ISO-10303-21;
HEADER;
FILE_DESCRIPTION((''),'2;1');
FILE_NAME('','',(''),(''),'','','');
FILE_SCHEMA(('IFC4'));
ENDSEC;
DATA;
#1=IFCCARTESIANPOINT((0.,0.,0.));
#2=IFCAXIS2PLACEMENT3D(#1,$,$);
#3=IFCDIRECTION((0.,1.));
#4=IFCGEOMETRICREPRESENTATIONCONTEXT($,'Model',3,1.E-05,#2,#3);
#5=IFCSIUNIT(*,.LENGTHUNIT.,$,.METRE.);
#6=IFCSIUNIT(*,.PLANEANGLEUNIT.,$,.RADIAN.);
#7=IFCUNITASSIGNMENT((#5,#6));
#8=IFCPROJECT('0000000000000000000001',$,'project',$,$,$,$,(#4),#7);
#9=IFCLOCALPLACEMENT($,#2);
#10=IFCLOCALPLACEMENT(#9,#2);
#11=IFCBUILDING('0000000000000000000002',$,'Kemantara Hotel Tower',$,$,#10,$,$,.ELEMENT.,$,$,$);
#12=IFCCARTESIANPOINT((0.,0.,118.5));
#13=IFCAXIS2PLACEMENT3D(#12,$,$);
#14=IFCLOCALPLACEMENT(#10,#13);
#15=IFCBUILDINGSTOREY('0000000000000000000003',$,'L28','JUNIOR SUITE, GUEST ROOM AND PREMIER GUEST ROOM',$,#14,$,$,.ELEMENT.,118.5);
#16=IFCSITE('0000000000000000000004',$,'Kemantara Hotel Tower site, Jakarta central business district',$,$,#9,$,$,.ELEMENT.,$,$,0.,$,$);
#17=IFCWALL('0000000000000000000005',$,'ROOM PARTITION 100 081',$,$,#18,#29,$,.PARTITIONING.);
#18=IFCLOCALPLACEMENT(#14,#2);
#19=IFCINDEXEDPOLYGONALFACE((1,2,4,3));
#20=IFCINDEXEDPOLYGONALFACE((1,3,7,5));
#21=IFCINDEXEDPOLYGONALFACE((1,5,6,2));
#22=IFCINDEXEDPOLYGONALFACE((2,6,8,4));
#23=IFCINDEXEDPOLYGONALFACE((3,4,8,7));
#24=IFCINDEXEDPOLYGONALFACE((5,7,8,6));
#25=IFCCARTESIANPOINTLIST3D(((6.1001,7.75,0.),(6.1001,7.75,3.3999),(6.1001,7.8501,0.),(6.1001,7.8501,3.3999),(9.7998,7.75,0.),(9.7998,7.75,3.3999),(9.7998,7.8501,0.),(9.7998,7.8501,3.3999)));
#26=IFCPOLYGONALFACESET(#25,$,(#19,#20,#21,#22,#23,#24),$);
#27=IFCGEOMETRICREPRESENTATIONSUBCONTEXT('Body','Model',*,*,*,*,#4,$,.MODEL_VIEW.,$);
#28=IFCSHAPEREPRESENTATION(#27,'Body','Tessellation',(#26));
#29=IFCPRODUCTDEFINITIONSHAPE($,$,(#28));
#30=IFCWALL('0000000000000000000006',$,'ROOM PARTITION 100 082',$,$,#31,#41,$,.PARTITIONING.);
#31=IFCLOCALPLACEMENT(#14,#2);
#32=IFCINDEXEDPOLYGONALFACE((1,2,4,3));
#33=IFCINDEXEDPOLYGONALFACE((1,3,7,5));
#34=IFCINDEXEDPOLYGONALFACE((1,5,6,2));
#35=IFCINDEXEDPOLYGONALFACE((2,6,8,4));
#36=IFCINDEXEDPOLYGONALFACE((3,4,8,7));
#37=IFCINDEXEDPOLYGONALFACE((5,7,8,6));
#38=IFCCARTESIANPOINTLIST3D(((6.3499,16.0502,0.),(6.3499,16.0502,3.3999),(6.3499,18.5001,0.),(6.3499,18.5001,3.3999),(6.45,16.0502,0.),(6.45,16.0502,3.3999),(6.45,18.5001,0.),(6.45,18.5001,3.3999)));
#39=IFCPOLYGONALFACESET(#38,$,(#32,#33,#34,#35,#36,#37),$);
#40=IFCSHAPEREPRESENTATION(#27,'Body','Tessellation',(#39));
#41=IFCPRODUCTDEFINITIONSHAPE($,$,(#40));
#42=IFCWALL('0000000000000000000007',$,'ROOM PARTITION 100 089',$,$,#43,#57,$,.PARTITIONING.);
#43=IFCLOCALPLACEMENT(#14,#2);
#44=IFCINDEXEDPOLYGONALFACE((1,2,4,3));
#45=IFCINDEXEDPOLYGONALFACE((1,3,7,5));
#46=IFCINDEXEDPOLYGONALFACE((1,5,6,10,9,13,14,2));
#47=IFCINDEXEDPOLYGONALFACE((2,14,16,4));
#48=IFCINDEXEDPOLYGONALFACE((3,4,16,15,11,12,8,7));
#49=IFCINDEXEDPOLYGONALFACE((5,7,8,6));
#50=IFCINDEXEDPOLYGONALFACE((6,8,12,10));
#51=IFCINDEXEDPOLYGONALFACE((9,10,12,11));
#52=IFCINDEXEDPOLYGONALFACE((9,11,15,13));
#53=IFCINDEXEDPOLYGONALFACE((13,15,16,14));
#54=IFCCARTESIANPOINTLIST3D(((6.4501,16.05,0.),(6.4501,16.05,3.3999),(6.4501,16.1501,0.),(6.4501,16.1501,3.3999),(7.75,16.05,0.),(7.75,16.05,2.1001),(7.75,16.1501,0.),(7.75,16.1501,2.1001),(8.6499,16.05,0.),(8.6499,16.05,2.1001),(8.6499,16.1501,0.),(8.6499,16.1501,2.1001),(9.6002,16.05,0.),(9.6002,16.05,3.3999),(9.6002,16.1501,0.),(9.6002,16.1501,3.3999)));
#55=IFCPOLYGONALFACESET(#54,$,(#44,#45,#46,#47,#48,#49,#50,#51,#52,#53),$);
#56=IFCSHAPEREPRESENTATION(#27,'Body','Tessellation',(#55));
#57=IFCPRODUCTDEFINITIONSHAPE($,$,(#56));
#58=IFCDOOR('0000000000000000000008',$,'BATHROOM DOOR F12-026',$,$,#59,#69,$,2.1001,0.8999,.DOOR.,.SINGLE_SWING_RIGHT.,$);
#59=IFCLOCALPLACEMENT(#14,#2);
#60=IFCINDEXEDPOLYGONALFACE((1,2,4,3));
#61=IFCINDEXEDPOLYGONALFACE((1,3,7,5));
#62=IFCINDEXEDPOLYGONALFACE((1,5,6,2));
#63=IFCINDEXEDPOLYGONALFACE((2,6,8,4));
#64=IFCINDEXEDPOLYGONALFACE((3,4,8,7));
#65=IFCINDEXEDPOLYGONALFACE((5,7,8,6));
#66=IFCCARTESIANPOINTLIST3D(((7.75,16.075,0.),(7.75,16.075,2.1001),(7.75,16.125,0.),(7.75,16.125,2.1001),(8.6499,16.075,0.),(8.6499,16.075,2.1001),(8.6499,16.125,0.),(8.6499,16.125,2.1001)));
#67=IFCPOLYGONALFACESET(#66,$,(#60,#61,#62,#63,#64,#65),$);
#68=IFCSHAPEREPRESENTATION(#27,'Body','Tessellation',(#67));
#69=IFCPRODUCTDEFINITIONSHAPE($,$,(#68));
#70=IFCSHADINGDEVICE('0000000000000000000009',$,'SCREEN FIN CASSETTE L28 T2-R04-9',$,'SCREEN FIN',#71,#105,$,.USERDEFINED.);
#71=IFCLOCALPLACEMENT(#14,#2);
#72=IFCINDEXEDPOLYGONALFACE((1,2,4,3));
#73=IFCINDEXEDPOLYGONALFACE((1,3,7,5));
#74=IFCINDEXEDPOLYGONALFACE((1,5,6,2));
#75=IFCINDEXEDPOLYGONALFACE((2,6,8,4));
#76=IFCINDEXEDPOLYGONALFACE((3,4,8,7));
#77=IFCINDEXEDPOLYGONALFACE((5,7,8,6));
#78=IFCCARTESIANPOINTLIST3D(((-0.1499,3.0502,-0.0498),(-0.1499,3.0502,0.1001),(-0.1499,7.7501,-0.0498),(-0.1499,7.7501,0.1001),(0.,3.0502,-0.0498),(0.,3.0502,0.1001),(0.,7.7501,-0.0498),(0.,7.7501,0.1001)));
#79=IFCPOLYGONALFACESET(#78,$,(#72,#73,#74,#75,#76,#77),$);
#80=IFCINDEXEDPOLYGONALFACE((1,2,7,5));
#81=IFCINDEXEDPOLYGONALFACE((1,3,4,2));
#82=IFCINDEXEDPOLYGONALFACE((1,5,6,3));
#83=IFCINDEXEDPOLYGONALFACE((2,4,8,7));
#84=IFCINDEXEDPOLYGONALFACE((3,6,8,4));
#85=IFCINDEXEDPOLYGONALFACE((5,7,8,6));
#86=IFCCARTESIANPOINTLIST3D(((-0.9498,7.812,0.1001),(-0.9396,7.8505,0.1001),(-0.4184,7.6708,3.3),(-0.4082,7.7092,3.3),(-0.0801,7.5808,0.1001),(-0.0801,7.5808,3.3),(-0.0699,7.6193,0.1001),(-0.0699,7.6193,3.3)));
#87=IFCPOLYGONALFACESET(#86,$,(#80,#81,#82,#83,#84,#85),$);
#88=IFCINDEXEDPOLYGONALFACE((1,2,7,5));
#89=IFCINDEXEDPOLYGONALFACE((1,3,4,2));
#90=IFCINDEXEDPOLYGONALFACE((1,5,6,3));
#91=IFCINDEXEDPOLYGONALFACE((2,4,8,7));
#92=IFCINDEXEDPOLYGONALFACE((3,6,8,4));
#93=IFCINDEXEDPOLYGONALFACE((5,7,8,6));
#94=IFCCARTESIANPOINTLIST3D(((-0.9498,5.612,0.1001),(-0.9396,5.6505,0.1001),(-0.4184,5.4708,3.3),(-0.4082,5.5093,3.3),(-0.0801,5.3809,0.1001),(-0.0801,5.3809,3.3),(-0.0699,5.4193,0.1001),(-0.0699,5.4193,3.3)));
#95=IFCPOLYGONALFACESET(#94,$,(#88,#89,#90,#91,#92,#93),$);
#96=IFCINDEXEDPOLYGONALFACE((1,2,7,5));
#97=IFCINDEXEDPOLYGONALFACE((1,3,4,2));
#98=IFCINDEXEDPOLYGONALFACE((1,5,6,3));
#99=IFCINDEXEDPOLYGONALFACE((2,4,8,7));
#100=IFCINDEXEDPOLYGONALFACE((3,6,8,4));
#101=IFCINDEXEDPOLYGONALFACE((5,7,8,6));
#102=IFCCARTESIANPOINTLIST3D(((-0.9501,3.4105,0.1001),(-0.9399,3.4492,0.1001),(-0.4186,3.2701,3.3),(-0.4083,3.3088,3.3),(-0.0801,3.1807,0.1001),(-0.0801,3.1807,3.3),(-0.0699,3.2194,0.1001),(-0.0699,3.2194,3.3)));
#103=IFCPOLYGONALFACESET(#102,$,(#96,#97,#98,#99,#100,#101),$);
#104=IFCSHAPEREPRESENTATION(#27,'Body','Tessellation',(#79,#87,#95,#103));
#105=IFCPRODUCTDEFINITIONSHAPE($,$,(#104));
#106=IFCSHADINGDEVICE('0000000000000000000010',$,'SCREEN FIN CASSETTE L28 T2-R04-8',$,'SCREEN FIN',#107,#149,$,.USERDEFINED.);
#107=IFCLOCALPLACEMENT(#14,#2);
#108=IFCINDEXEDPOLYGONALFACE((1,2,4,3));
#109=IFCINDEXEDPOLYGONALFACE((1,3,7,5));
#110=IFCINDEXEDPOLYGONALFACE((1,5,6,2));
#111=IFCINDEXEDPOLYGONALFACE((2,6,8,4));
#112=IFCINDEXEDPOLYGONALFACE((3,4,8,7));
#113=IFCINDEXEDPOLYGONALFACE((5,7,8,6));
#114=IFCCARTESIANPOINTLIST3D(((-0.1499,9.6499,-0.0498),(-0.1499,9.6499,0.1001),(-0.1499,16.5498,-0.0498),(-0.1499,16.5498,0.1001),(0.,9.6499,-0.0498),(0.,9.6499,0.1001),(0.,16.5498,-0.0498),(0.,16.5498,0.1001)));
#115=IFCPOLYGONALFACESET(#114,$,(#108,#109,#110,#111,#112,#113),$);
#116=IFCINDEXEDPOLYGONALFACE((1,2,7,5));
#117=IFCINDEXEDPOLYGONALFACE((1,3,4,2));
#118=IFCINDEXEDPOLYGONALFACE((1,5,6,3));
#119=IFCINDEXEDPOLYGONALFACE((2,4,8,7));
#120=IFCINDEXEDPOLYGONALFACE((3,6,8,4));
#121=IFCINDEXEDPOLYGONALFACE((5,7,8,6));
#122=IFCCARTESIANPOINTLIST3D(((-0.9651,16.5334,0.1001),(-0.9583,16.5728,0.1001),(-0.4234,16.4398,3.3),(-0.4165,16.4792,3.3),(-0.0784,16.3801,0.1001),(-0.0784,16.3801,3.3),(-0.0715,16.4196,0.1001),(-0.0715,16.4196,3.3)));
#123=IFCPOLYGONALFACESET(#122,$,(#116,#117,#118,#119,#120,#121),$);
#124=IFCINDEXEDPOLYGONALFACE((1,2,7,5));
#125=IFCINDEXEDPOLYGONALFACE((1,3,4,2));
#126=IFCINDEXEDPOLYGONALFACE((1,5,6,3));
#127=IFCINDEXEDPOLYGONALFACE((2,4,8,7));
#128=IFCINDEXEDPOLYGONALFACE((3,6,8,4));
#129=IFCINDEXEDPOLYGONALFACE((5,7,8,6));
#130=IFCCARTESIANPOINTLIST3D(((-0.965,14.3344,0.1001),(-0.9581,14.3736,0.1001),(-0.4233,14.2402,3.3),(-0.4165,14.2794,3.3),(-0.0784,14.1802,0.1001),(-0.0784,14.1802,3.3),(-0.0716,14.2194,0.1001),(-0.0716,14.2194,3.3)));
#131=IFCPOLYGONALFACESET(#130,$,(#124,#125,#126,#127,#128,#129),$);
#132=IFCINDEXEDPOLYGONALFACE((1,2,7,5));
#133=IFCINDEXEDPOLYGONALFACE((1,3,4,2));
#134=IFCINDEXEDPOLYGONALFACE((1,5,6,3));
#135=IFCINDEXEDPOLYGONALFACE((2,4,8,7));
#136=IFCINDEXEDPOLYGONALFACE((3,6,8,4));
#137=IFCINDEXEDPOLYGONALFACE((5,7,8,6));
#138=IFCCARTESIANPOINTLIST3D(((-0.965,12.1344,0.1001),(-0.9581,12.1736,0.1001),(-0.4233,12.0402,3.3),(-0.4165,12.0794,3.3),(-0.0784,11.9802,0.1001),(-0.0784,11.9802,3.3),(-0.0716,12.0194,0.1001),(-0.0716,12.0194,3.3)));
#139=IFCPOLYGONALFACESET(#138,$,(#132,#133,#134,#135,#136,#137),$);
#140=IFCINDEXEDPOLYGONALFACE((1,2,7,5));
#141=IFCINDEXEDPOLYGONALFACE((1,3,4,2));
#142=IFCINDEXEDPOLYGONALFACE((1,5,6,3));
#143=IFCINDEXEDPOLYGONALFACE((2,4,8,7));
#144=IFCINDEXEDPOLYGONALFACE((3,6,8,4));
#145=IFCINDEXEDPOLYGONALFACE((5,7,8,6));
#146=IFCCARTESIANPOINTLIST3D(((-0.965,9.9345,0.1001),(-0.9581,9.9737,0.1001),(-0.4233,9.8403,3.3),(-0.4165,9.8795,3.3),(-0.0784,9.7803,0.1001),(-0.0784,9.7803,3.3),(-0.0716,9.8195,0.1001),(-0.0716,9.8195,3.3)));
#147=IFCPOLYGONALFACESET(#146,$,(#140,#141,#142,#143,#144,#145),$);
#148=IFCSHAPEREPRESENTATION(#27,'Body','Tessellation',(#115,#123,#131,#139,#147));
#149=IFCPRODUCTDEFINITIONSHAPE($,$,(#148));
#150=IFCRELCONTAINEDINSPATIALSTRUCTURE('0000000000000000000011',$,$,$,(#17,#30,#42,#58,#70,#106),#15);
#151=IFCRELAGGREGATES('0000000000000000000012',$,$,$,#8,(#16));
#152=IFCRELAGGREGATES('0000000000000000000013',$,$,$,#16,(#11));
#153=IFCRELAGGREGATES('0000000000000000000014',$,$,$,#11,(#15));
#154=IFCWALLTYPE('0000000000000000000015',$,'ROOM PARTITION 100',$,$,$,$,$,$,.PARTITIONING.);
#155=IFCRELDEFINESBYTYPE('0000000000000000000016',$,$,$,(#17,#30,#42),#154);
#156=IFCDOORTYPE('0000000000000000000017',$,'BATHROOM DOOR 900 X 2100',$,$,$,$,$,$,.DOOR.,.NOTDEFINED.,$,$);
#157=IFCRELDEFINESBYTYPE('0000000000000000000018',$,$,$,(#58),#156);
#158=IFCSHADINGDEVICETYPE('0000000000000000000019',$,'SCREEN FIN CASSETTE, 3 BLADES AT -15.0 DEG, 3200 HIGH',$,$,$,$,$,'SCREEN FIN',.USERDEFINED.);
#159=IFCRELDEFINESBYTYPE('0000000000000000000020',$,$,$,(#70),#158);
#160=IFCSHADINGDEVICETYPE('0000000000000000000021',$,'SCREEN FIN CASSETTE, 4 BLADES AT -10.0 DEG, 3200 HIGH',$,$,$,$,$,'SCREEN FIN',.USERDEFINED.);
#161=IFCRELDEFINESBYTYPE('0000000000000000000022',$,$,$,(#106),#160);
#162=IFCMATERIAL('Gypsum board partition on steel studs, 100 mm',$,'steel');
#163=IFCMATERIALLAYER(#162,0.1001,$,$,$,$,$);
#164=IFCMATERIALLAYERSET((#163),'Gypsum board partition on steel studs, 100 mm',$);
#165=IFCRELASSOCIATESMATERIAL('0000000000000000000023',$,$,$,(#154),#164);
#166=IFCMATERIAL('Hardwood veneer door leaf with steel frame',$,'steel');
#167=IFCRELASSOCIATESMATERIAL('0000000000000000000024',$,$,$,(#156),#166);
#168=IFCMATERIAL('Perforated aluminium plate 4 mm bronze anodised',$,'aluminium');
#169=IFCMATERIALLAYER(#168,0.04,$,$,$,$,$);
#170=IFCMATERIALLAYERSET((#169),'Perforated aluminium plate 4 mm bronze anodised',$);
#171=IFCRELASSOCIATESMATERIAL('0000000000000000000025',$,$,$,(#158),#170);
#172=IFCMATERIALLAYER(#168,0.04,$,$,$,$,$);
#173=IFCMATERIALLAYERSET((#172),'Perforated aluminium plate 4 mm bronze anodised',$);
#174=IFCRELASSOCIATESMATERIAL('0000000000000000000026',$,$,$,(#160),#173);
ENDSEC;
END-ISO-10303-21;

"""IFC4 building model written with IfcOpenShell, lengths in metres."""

from ifc_helpers import new_model, si_unit, direction, frame, frame_2d, origin, origin_2d, place, context, subcontext, project, spatial, polyline, rectangle, outline, extrude, source, transform, mapped, material, layer, layer_set, type_object, element, fill, save


model = new_model("IFC4")

# Units and contexts
model_context = context("Model", 3, precision=1e-05, world=origin(), true_north=direction((0.0, 1.0)))
body_context = subcontext(model_context, "Body", "Model", "MODEL_VIEW")
ifc_project = project(units=[si_unit("LENGTHUNIT", "METRE"), si_unit("PLANEANGLEUNIT", "RADIAN")], contexts=[model_context])

# Site, building, storey
site_placement = place(None, origin())
site = spatial("IfcSite", under=ifc_project, at=site_placement, Name="Kemantara Hotel Tower site, Jakarta central business district", CompositionType="ELEMENT", RefElevation=0.0)
building_placement = place(site_placement, origin())
building = spatial("IfcBuilding", under=site, at=building_placement, Name="Kemantara Hotel Tower", CompositionType="ELEMENT")
storey_placement = place(building_placement, frame((0.0, 0.0, 118.5)))
storey = spatial("IfcBuildingStorey", under=building, at=storey_placement, Name="L28", Description="JUNIOR SUITE, GUEST ROOM AND PREMIER GUEST ROOM", CompositionType="ELEMENT", Elevation=118.5)

# Shared definitions
ifc_material_1 = material(Name="Hardwood veneer door leaf with steel frame", Category="steel")

# Shared definitions
ifc_material_2 = material(Name="Gypsum board partition on steel studs, 100 mm", Category="steel")
ifc_layer_1 = layer(ifc_material_2, 0.1001)
ifc_layer_set_1 = layer_set([ifc_layer_1], Name="Gypsum board partition on steel studs, 100 mm")
wall_type_1 = type_object("IfcWallType", Name="ROOM PARTITION 100", PredefinedType="PARTITIONING", material=ifc_layer_set_1)
door_type_1 = type_object("IfcDoorType", Name="BATHROOM DOOR 900 X 2100", OperationType="NOTDEFINED", PredefinedType="DOOR", material=ifc_material_1)

# Walls
wall_1_placement = place(storey_placement, frame((6.1001, 7.8, 0.0), z_axis=(0.0, 0.0, 1.0), x_axis=(1.0, 0.0, 0.0)))
element("IfcWall", 1, at=wall_1_placement, inside=storey, type_object=wall_type_1, Name="ROOM PARTITION 100 081", PredefinedType="PARTITIONING", context=body_context, shape_type="SweptSolid", body=[
    extrude(rectangle(XDim=3.6997, YDim=0.1001, at=frame_2d((1.8499, 0.0))), origin(), (0.0, 0.0, 1.0), 3.3999),
])
wall_2_placement = place(storey_placement, frame((6.3999, 16.05, 0.0), z_axis=(0.0, 0.0, 1.0), x_axis=(0.0, 1.0, 0.0)))
element("IfcWall", 2, at=wall_2_placement, inside=storey, type_object=wall_type_1, Name="ROOM PARTITION 100 082", PredefinedType="PARTITIONING", context=body_context, shape_type="SweptSolid", body=[
    extrude(rectangle(XDim=2.45, YDim=0.1001, at=frame_2d((1.2251, 0.0))), origin(), (0.0, 0.0, 1.0), 3.3999),
])

# Wall, opening, door
wall_3_placement = place(storey_placement, frame((6.45, 16.1001, 0.0), z_axis=(0.0, 0.0, 1.0), x_axis=(1.0, 0.0, 0.0)))
wall_3 = element("IfcWall", 3, at=wall_3_placement, inside=storey, type_object=wall_type_1, Name="ROOM PARTITION 100 089", PredefinedType="PARTITIONING", context=body_context, shape_type="SweptSolid", body=[
    extrude(rectangle(XDim=3.1501, YDim=0.1001, at=frame_2d((1.5752, 0.0))), origin(), (0.0, 0.0, 1.0), 3.3999),
])
opening_1_placement = place(wall_3_placement, frame((1.3, 0.0, 0.0)))
opening_1 = element("IfcOpeningElement", 4, at=opening_1_placement, cuts=wall_3, PredefinedType="OPENING", context=body_context, shape_type="SweptSolid", body=[
    extrude(rectangle(XDim=0.8999, YDim=2.1001, at=frame_2d((0.45, 1.05))), frame((0.0, 0.0601, 0.0), z_axis=(0.0, -1.0, 0.0), x_axis=(1.0, 0.0, 0.0)), (0.0, 0.0, 1.0), 0.1201),
])
door_1_placement = place(opening_1_placement, origin())
door_1 = element("IfcDoor", 5, at=door_1_placement, inside=storey, type_object=door_type_1, Name="BATHROOM DOOR F12-026", OperationType="SINGLE_SWING_RIGHT", OverallHeight=2.1001, OverallWidth=0.8999, PredefinedType="DOOR", context=body_context, shape_type="SweptSolid", body=[
    extrude(rectangle(XDim=0.8999, YDim=2.1001, at=frame_2d((0.45, 1.05))), frame((0.0, 0.0249, 0.0), z_axis=(0.0, -1.0, 0.0), x_axis=(1.0, 0.0, 0.0)), (0.0, 0.0, 1.0), 0.05),
])
fill(opening_1, door_1)

# Shading devices
ifc_material_3 = material(Name="Perforated aluminium plate 4 mm bronze anodised", Category="aluminium")
ifc_layer_2 = layer(ifc_material_3, 0.04)
ifc_layer_set_2 = layer_set([ifc_layer_2], Name="Perforated aluminium plate 4 mm bronze anodised")
shading_device_type_1 = type_object("IfcShadingDeviceType", Name="SCREEN FIN CASSETTE, 3 BLADES AT -15.0 DEG, 3200 HIGH", ElementType="SCREEN FIN", PredefinedType="USERDEFINED", material=ifc_layer_set_2)
shared_shape_1 = source(origin(), body_context, "Body", "SweptSolid", [
    extrude(rectangle(XDim=4.7, YDim=0.1499, at=origin_2d()), frame((2.2, -0.075, -0.1499), z_axis=(0.0, 0.0, 1.0), x_axis=(1.0, 0.0, 0.0)), (0.0, 0.0, 1.0), 0.1499),
    extrude(outline(polyline([(0.0, 0.0), (0.8999, 0.0), (0.3501, 3.2), (0.0, 3.2), (0.0, 0.0)])), frame((0.0193, -0.0801, 0.0), z_axis=(-0.966438, 0.256901, 0.0), x_axis=(-0.256901, -0.966438, 0.0)), (0.0, 0.0, 1.0), 0.0398),
    extrude(outline(polyline([(0.0, 0.0), (0.8999, 0.0), (0.3501, 3.2), (0.0, 3.2), (0.0, 0.0)])), frame((2.2192, -0.0801, 0.0), z_axis=(-0.966438, 0.256901, 0.0), x_axis=(-0.256901, -0.966438, 0.0)), (0.0, 0.0, 1.0), 0.0398),
    extrude(outline(polyline([(0.0, 0.0), (0.8999, 0.0), (0.3501, 3.2), (0.0, 3.2), (0.0, 0.0)])), frame((4.4194, -0.0801, 0.0), z_axis=(-0.966838, 0.255391, 0.0), x_axis=(-0.255391, -0.966838, 0.0)), (0.0, 0.0, 1.0), 0.04),
])
shading_device_1_placement = place(storey_placement, frame((0.0, 7.6001, 0.1001), z_axis=(0.0, 0.0, 1.0), x_axis=(0.0, -1.0, 0.0)))
element("IfcShadingDevice", 6, at=shading_device_1_placement, inside=storey, type_object=shading_device_type_1, Name="SCREEN FIN CASSETTE L28 T2-R04-9", ObjectType="SCREEN FIN", PredefinedType="USERDEFINED", context=body_context, shape_type="MappedRepresentation", body=[
    mapped(shared_shape_1, transform((0.0, 0.0, 0.0))),
])
ifc_layer_3 = layer(ifc_material_3, 0.04)
ifc_layer_set_3 = layer_set([ifc_layer_3], Name="Perforated aluminium plate 4 mm bronze anodised")
shading_device_type_2 = type_object("IfcShadingDeviceType", Name="SCREEN FIN CASSETTE, 4 BLADES AT -10.0 DEG, 3200 HIGH", ElementType="SCREEN FIN", PredefinedType="USERDEFINED", material=ifc_layer_set_3)
shared_shape_2 = source(origin(), body_context, "Body", "SweptSolid", [
    extrude(rectangle(XDim=6.8999, YDim=0.1499, at=origin_2d()), frame((3.3, -0.075, -0.1499), z_axis=(0.0, 0.0, 1.0), x_axis=(1.0, 0.0, 0.0)), (0.0, 0.0, 1.0), 0.1499),
    extrude(outline(polyline([(0.0, 0.0), (0.8999, 0.0), (0.3501, 3.2), (0.0, 3.2), (0.0, 0.0)])), frame((0.0198, -0.0784, 0.0), z_axis=(-0.98539, 0.170314, 0.0), x_axis=(-0.170314, -0.98539, 0.0)), (0.0, 0.0, 1.0), 0.04),
    extrude(outline(polyline([(0.0, 0.0), (0.8999, 0.0), (0.3501, 3.2), (0.0, 3.2), (0.0, 0.0)])), frame((2.2197, -0.0784, 0.0), z_axis=(-0.985212, 0.171341, 0.0), x_axis=(-0.171341, -0.985212, 0.0)), (0.0, 0.0, 1.0), 0.0398),
    extrude(outline(polyline([(0.0, 0.0), (0.8999, 0.0), (0.3501, 3.2), (0.0, 3.2), (0.0, 0.0)])), frame((4.4197, -0.0784, 0.0), z_axis=(-0.985212, 0.171341, 0.0), x_axis=(-0.171341, -0.985212, 0.0)), (0.0, 0.0, 1.0), 0.0398),
    extrude(outline(polyline([(0.0, 0.0), (0.8999, 0.0), (0.3501, 3.2), (0.0, 3.2), (0.0, 0.0)])), frame((6.6196, -0.0784, 0.0), z_axis=(-0.985212, 0.171341, 0.0), x_axis=(-0.171341, -0.985212, 0.0)), (0.0, 0.0, 1.0), 0.0398),
])
shading_device_2_placement = place(storey_placement, frame((0.0, 16.3999, 0.1001), z_axis=(0.0, 0.0, 1.0), x_axis=(0.0, -1.0, 0.0)))
element("IfcShadingDevice", 7, at=shading_device_2_placement, inside=storey, type_object=shading_device_type_2, Name="SCREEN FIN CASSETTE L28 T2-R04-8", ObjectType="SCREEN FIN", PredefinedType="USERDEFINED", context=body_context, shape_type="MappedRepresentation", body=[
    mapped(shared_shape_2, transform((0.0, 0.0, 0.0))),
])

save(model, "model.ifc")
